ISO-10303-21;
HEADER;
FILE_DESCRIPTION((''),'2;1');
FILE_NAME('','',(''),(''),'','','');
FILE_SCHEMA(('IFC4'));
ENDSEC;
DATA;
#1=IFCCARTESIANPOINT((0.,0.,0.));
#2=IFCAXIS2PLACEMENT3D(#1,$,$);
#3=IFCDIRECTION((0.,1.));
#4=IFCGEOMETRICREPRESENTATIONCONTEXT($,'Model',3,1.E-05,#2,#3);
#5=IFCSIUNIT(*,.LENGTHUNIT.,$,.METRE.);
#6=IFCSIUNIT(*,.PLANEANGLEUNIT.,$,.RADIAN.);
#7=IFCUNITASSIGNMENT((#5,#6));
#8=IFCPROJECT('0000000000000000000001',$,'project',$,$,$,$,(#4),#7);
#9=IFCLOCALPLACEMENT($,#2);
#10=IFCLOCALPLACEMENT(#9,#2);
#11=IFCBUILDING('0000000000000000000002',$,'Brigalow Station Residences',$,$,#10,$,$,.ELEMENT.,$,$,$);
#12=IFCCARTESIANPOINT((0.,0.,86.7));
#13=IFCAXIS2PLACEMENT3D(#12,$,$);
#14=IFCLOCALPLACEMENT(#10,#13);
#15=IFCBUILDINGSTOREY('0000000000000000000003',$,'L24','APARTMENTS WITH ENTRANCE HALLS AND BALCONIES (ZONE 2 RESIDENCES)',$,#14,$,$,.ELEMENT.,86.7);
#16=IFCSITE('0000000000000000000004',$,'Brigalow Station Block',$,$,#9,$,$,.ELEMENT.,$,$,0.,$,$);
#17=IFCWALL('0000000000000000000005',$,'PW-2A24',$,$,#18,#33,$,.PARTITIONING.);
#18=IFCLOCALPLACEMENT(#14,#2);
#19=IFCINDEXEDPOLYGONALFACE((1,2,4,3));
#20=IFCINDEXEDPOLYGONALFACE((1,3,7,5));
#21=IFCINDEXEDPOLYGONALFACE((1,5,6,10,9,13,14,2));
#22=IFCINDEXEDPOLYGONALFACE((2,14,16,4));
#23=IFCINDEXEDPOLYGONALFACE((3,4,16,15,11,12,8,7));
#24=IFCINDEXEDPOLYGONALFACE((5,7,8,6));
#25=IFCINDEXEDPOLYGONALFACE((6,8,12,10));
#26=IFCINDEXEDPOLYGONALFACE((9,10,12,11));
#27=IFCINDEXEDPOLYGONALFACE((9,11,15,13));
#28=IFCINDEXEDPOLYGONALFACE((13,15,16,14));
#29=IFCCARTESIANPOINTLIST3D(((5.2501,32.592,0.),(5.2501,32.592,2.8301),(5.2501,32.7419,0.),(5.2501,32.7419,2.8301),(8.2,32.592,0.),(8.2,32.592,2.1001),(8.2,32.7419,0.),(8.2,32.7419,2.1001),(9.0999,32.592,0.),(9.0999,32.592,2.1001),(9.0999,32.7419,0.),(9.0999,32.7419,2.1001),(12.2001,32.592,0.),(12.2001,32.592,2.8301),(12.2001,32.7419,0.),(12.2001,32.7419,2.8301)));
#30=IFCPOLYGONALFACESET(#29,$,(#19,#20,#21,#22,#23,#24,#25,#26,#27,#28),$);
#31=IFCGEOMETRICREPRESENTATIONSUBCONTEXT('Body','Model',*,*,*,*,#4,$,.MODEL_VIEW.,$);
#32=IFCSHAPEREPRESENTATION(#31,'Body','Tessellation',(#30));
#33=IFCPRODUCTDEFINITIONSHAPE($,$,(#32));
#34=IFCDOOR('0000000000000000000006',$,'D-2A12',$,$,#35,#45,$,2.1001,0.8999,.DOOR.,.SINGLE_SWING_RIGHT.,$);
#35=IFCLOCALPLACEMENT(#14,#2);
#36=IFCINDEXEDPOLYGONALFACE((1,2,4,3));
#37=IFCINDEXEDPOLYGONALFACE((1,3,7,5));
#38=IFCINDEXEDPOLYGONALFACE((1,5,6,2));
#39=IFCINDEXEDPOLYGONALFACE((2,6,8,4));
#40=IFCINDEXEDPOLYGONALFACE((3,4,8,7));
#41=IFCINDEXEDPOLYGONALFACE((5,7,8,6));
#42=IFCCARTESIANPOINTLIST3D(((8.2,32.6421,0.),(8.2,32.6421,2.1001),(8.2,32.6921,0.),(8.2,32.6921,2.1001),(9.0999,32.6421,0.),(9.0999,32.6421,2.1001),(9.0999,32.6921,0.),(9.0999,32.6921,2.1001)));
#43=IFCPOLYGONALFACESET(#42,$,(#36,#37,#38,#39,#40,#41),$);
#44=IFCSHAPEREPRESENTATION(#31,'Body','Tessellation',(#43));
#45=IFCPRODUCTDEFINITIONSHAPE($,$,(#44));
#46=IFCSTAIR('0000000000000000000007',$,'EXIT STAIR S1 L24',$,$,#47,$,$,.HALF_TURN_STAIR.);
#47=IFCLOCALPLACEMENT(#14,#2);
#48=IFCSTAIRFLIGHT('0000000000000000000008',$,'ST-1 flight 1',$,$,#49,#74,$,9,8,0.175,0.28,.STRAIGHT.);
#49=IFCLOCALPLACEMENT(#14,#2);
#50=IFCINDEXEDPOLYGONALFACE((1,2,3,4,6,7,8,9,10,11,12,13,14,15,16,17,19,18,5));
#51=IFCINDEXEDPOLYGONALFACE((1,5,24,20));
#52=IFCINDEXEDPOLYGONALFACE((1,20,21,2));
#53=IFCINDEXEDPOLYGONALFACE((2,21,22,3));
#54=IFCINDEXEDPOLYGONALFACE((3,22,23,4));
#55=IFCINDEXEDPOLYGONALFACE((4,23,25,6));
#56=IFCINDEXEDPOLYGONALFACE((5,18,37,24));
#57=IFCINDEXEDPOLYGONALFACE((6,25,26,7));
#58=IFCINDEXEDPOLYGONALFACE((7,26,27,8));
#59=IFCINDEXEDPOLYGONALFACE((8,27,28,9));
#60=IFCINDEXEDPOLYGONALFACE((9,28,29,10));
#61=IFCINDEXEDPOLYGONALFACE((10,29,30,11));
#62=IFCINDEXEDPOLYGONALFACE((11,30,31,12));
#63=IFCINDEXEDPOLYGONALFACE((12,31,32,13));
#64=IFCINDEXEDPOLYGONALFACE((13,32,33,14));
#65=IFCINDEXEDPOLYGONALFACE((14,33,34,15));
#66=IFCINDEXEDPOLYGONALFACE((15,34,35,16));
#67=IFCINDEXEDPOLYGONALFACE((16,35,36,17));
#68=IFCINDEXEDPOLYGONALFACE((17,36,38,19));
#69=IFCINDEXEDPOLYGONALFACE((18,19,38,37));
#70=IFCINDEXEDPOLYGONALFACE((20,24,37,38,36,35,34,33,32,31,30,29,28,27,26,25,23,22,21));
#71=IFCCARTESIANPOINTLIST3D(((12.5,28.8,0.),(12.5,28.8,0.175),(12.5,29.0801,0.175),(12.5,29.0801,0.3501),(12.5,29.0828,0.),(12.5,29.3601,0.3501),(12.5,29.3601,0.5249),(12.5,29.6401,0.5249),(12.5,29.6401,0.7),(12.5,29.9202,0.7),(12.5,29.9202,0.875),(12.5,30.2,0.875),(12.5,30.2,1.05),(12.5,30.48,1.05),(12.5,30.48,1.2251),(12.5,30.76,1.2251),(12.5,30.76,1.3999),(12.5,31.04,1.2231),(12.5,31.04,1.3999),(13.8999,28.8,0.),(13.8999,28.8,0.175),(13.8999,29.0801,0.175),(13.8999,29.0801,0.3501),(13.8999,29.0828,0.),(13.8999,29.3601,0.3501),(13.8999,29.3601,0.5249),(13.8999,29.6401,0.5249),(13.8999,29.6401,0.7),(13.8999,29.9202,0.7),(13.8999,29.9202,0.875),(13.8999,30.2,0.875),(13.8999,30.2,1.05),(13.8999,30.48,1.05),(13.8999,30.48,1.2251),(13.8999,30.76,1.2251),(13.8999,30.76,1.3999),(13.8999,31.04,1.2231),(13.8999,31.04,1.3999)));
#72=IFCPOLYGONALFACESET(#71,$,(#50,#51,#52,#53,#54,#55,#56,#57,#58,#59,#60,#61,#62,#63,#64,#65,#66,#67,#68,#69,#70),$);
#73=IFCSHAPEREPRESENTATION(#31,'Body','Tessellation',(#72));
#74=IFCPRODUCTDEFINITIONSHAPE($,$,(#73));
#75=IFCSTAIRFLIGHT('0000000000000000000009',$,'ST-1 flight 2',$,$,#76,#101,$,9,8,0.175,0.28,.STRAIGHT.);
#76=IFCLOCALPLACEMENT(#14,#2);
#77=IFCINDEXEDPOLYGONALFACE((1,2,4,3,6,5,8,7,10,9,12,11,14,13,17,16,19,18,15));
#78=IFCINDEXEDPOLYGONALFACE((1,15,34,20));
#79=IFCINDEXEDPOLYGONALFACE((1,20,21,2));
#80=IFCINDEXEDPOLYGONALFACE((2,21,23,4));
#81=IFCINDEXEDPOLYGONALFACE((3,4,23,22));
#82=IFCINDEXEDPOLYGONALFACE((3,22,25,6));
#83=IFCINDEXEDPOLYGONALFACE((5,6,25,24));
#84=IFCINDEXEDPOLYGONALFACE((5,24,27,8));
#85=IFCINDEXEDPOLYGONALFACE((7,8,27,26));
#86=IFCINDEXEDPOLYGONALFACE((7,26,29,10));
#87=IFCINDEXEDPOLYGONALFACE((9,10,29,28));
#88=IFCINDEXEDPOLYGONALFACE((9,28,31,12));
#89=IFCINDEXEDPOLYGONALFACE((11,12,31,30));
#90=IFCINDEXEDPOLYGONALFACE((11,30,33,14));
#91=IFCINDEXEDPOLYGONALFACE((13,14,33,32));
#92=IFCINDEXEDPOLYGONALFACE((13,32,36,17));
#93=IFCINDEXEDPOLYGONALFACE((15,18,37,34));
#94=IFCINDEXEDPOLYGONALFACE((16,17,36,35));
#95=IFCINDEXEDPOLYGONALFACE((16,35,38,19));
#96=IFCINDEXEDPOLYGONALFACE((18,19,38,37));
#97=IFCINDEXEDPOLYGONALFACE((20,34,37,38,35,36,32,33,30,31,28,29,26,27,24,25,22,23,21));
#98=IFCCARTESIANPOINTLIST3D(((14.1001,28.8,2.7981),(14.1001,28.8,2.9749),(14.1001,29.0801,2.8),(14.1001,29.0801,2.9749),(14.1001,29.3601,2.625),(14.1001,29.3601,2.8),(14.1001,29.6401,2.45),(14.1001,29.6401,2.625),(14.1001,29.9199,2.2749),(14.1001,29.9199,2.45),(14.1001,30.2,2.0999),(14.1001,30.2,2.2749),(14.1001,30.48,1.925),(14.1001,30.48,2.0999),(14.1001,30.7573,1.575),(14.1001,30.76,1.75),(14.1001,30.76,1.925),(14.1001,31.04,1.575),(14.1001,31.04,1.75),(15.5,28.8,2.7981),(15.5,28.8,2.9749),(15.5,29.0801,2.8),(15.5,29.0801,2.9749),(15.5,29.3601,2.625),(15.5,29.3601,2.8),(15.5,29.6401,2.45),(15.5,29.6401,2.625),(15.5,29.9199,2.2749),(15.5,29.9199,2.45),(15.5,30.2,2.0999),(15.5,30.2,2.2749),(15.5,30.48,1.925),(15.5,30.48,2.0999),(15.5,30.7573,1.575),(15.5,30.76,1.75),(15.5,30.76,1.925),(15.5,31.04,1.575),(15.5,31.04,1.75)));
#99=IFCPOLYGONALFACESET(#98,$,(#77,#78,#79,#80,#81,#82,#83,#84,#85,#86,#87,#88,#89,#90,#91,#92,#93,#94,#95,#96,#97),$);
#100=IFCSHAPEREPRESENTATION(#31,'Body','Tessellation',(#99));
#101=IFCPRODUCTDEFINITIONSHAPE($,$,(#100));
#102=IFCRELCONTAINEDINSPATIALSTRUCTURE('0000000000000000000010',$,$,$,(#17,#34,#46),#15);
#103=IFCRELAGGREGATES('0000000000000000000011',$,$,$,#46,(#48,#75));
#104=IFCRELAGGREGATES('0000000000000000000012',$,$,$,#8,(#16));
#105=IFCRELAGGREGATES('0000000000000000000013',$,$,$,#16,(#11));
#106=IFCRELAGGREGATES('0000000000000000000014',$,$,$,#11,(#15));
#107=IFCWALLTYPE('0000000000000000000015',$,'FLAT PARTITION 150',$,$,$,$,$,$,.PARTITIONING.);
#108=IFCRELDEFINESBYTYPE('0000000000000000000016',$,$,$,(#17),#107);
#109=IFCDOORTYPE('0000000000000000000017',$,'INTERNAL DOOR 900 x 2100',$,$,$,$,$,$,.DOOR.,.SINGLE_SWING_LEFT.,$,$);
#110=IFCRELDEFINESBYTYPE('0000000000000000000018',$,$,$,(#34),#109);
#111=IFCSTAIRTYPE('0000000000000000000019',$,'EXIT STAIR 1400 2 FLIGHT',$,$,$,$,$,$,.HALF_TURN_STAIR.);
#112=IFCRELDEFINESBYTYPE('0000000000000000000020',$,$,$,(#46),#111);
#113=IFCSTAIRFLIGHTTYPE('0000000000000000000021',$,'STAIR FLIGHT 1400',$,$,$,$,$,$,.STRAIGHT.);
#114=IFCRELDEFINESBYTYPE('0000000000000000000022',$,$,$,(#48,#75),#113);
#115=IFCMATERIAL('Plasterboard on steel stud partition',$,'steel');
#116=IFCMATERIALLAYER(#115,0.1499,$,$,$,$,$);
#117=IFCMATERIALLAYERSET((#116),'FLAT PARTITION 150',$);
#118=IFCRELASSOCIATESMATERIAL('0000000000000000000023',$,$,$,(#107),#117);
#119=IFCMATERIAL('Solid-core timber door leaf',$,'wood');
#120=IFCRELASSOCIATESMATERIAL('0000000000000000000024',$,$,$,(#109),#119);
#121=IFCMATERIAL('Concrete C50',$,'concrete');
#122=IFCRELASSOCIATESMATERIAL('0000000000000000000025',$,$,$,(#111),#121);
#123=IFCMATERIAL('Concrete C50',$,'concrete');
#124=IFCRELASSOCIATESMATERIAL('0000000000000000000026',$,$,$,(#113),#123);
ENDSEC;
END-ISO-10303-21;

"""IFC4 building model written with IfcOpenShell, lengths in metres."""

from ifc_helpers import new_model, si_unit, direction, frame, frame_2d, origin, place, context, subcontext, project, spatial, polyline, rectangle, outline, extrude, material, layer, layer_set, type_object, element, fill, aggregate, save


model = new_model("IFC4")

# Units and contexts
model_context = context("Model", 3, precision=1e-05, world=origin(), true_north=direction((0.0, 1.0)))
body_context = subcontext(model_context, "Body", "Model", "MODEL_VIEW")
ifc_project = project(units=[si_unit("LENGTHUNIT", "METRE"), si_unit("PLANEANGLEUNIT", "RADIAN")], contexts=[model_context])

# Site, building, storey
site_placement = place(None, origin())
site = spatial("IfcSite", under=ifc_project, at=site_placement, Name="Brigalow Station Block", CompositionType="ELEMENT", RefElevation=0.0)
building_placement = place(site_placement, origin())
building = spatial("IfcBuilding", under=site, at=building_placement, Name="Brigalow Station Residences", CompositionType="ELEMENT")
storey_placement = place(building_placement, frame((0.0, 0.0, 86.7)))
storey = spatial("IfcBuildingStorey", under=building, at=storey_placement, Name="L24", Description="APARTMENTS WITH ENTRANCE HALLS AND BALCONIES (ZONE 2 RESIDENCES)", CompositionType="ELEMENT", Elevation=86.7)

# Wall, opening, door
ifc_material_1 = material(Name="Plasterboard on steel stud partition", Category="steel")
ifc_layer_1 = layer(ifc_material_1, 0.1499)
ifc_layer_set_1 = layer_set([ifc_layer_1], Name="FLAT PARTITION 150")
wall_type_1 = type_object("IfcWallType", Name="FLAT PARTITION 150", PredefinedType="PARTITIONING", material=ifc_layer_set_1)
ifc_material_2 = material(Name="Solid-core timber door leaf", Category="wood")
door_type_1 = type_object("IfcDoorType", Name="INTERNAL DOOR 900 x 2100", OperationType="SINGLE_SWING_LEFT", PredefinedType="DOOR", material=ifc_material_2)
wall_1_placement = place(storey_placement, frame((5.25, 32.667, 0.0), z_axis=(0.0, 0.0, 1.0), x_axis=(1.0, 0.0, 0.0)))
wall_1 = element("IfcWall", 1, at=wall_1_placement, inside=storey, type_object=wall_type_1, Name="PW-2A24", PredefinedType="PARTITIONING", context=body_context, shape_type="SweptSolid", body=[
    extrude(rectangle(XDim=6.95, YDim=0.1499, at=frame_2d((3.4751, 0.0))), origin(), (0.0, 0.0, 1.0), 2.8301),
])
opening_1_placement = place(wall_1_placement, frame((2.95, 0.0, 0.0)))
opening_1 = element("IfcOpeningElement", 2, at=opening_1_placement, cuts=wall_1, PredefinedType="OPENING", context=body_context, shape_type="SweptSolid", body=[
    extrude(rectangle(XDim=0.8999, YDim=2.1001, at=frame_2d((0.45, 1.05))), frame((0.0, 0.085, 0.0), z_axis=(0.0, -1.0, 0.0), x_axis=(1.0, 0.0, 0.0)), (0.0, 0.0, 1.0), 0.1699),
])
door_1_placement = place(opening_1_placement, frame((0.8999, 0.0, 0.0), z_axis=(0.0, 0.0, 1.0), x_axis=(-1.0, 0.0, 0.0)))
door_1 = element("IfcDoor", 3, at=door_1_placement, inside=storey, type_object=door_type_1, Name="D-2A12", OperationType="SINGLE_SWING_RIGHT", OverallHeight=2.1001, OverallWidth=0.8999, PredefinedType="DOOR", context=body_context, shape_type="SweptSolid", body=[
    extrude(rectangle(XDim=0.8999, YDim=2.1001, at=frame_2d((0.45, 1.05))), frame((0.0, 0.0249, 0.0), z_axis=(0.0, -1.0, 0.0), x_axis=(1.0, 0.0, 0.0)), (0.0, 0.0, 1.0), 0.05),
])
fill(opening_1, door_1)

# Stair, stair flights
ifc_material_3 = material(Name="Concrete C50", Category="concrete")
stair_type = type_object("IfcStairType", Name="EXIT STAIR 1400 2 FLIGHT", PredefinedType="HALF_TURN_STAIR", material=ifc_material_3)
stair_placement = place(storey_placement, origin())
stair = element("IfcStair", 4, at=stair_placement, inside=storey, type_object=stair_type, Name="EXIT STAIR S1 L24", PredefinedType="HALF_TURN_STAIR")
ifc_material_4 = material(Name="Concrete C50", Category="concrete")
stair_flight_type = type_object("IfcStairFlightType", Name="STAIR FLIGHT 1400", PredefinedType="STRAIGHT", material=ifc_material_4)
stair_flight_1_placement = place(storey_placement, frame((13.2, 28.8, 0.0), z_axis=(0.0, 0.0, 1.0), x_axis=(0.0, 1.0, 0.0)))
stair_flight_1 = element("IfcStairFlight", 5, at=stair_flight_1_placement, type_object=stair_flight_type, Name="ST-1 flight 1", NumberOfRisers=9, NumberOfTreads=8, PredefinedType="STRAIGHT", RiserHeight=0.175, TreadLength=0.28, context=body_context, shape_type="SweptSolid", body=[
    extrude(outline(polyline([(0.0, 0.0), (0.0, 0.175), (0.28, 0.175), (0.28, 0.3501), (0.5601, 0.3501), (0.5601, 0.5249), (0.8401, 0.5249), (0.8401, 0.7), (1.1201, 0.7), (1.1201, 0.875), (1.3999, 0.875), (1.3999, 1.05), (1.6799, 1.05), (1.6799, 1.2251), (1.96, 1.2251), (1.96, 1.3999), (2.24, 1.3999), (2.24, 1.575), (2.24, 1.2231), (0.2827, 0.0), (0.0, 0.0)])), frame((0.0, 0.7, 0.0), z_axis=(0.0, -1.0, 0.0), x_axis=(1.0, 0.0, 0.0)), (0.0, 0.0, 1.0), 1.3999),
])
stair_flight_2_placement = place(storey_placement, frame((14.8, 31.04, 1.575), z_axis=(0.0, 0.0, 1.0), x_axis=(0.0, -1.0, 0.0)))
stair_flight_2 = element("IfcStairFlight", 6, at=stair_flight_2_placement, type_object=stair_flight_type, Name="ST-1 flight 2", NumberOfRisers=9, NumberOfTreads=8, PredefinedType="STRAIGHT", RiserHeight=0.175, TreadLength=0.28, context=body_context, shape_type="SweptSolid", body=[
    extrude(outline(polyline([(0.0, 0.0), (0.0, 0.175), (0.28, 0.175), (0.28, 0.3501), (0.5601, 0.3501), (0.5601, 0.5249), (0.8401, 0.5249), (0.8401, 0.7), (1.1201, 0.7), (1.1201, 0.875), (1.3999, 0.875), (1.3999, 1.05), (1.6799, 1.05), (1.6799, 1.2251), (1.96, 1.2251), (1.96, 1.3999), (2.24, 1.3999), (2.24, 1.575), (2.24, 1.2231), (0.2827, 0.0), (0.0, 0.0)])), frame((0.0, 0.7, 0.0), z_axis=(0.0, -1.0, 0.0), x_axis=(1.0, 0.0, 0.0)), (0.0, 0.0, 1.0), 1.3999),
])
aggregate(stair, [stair_flight_1, stair_flight_2])

save(model, "model.ifc")
